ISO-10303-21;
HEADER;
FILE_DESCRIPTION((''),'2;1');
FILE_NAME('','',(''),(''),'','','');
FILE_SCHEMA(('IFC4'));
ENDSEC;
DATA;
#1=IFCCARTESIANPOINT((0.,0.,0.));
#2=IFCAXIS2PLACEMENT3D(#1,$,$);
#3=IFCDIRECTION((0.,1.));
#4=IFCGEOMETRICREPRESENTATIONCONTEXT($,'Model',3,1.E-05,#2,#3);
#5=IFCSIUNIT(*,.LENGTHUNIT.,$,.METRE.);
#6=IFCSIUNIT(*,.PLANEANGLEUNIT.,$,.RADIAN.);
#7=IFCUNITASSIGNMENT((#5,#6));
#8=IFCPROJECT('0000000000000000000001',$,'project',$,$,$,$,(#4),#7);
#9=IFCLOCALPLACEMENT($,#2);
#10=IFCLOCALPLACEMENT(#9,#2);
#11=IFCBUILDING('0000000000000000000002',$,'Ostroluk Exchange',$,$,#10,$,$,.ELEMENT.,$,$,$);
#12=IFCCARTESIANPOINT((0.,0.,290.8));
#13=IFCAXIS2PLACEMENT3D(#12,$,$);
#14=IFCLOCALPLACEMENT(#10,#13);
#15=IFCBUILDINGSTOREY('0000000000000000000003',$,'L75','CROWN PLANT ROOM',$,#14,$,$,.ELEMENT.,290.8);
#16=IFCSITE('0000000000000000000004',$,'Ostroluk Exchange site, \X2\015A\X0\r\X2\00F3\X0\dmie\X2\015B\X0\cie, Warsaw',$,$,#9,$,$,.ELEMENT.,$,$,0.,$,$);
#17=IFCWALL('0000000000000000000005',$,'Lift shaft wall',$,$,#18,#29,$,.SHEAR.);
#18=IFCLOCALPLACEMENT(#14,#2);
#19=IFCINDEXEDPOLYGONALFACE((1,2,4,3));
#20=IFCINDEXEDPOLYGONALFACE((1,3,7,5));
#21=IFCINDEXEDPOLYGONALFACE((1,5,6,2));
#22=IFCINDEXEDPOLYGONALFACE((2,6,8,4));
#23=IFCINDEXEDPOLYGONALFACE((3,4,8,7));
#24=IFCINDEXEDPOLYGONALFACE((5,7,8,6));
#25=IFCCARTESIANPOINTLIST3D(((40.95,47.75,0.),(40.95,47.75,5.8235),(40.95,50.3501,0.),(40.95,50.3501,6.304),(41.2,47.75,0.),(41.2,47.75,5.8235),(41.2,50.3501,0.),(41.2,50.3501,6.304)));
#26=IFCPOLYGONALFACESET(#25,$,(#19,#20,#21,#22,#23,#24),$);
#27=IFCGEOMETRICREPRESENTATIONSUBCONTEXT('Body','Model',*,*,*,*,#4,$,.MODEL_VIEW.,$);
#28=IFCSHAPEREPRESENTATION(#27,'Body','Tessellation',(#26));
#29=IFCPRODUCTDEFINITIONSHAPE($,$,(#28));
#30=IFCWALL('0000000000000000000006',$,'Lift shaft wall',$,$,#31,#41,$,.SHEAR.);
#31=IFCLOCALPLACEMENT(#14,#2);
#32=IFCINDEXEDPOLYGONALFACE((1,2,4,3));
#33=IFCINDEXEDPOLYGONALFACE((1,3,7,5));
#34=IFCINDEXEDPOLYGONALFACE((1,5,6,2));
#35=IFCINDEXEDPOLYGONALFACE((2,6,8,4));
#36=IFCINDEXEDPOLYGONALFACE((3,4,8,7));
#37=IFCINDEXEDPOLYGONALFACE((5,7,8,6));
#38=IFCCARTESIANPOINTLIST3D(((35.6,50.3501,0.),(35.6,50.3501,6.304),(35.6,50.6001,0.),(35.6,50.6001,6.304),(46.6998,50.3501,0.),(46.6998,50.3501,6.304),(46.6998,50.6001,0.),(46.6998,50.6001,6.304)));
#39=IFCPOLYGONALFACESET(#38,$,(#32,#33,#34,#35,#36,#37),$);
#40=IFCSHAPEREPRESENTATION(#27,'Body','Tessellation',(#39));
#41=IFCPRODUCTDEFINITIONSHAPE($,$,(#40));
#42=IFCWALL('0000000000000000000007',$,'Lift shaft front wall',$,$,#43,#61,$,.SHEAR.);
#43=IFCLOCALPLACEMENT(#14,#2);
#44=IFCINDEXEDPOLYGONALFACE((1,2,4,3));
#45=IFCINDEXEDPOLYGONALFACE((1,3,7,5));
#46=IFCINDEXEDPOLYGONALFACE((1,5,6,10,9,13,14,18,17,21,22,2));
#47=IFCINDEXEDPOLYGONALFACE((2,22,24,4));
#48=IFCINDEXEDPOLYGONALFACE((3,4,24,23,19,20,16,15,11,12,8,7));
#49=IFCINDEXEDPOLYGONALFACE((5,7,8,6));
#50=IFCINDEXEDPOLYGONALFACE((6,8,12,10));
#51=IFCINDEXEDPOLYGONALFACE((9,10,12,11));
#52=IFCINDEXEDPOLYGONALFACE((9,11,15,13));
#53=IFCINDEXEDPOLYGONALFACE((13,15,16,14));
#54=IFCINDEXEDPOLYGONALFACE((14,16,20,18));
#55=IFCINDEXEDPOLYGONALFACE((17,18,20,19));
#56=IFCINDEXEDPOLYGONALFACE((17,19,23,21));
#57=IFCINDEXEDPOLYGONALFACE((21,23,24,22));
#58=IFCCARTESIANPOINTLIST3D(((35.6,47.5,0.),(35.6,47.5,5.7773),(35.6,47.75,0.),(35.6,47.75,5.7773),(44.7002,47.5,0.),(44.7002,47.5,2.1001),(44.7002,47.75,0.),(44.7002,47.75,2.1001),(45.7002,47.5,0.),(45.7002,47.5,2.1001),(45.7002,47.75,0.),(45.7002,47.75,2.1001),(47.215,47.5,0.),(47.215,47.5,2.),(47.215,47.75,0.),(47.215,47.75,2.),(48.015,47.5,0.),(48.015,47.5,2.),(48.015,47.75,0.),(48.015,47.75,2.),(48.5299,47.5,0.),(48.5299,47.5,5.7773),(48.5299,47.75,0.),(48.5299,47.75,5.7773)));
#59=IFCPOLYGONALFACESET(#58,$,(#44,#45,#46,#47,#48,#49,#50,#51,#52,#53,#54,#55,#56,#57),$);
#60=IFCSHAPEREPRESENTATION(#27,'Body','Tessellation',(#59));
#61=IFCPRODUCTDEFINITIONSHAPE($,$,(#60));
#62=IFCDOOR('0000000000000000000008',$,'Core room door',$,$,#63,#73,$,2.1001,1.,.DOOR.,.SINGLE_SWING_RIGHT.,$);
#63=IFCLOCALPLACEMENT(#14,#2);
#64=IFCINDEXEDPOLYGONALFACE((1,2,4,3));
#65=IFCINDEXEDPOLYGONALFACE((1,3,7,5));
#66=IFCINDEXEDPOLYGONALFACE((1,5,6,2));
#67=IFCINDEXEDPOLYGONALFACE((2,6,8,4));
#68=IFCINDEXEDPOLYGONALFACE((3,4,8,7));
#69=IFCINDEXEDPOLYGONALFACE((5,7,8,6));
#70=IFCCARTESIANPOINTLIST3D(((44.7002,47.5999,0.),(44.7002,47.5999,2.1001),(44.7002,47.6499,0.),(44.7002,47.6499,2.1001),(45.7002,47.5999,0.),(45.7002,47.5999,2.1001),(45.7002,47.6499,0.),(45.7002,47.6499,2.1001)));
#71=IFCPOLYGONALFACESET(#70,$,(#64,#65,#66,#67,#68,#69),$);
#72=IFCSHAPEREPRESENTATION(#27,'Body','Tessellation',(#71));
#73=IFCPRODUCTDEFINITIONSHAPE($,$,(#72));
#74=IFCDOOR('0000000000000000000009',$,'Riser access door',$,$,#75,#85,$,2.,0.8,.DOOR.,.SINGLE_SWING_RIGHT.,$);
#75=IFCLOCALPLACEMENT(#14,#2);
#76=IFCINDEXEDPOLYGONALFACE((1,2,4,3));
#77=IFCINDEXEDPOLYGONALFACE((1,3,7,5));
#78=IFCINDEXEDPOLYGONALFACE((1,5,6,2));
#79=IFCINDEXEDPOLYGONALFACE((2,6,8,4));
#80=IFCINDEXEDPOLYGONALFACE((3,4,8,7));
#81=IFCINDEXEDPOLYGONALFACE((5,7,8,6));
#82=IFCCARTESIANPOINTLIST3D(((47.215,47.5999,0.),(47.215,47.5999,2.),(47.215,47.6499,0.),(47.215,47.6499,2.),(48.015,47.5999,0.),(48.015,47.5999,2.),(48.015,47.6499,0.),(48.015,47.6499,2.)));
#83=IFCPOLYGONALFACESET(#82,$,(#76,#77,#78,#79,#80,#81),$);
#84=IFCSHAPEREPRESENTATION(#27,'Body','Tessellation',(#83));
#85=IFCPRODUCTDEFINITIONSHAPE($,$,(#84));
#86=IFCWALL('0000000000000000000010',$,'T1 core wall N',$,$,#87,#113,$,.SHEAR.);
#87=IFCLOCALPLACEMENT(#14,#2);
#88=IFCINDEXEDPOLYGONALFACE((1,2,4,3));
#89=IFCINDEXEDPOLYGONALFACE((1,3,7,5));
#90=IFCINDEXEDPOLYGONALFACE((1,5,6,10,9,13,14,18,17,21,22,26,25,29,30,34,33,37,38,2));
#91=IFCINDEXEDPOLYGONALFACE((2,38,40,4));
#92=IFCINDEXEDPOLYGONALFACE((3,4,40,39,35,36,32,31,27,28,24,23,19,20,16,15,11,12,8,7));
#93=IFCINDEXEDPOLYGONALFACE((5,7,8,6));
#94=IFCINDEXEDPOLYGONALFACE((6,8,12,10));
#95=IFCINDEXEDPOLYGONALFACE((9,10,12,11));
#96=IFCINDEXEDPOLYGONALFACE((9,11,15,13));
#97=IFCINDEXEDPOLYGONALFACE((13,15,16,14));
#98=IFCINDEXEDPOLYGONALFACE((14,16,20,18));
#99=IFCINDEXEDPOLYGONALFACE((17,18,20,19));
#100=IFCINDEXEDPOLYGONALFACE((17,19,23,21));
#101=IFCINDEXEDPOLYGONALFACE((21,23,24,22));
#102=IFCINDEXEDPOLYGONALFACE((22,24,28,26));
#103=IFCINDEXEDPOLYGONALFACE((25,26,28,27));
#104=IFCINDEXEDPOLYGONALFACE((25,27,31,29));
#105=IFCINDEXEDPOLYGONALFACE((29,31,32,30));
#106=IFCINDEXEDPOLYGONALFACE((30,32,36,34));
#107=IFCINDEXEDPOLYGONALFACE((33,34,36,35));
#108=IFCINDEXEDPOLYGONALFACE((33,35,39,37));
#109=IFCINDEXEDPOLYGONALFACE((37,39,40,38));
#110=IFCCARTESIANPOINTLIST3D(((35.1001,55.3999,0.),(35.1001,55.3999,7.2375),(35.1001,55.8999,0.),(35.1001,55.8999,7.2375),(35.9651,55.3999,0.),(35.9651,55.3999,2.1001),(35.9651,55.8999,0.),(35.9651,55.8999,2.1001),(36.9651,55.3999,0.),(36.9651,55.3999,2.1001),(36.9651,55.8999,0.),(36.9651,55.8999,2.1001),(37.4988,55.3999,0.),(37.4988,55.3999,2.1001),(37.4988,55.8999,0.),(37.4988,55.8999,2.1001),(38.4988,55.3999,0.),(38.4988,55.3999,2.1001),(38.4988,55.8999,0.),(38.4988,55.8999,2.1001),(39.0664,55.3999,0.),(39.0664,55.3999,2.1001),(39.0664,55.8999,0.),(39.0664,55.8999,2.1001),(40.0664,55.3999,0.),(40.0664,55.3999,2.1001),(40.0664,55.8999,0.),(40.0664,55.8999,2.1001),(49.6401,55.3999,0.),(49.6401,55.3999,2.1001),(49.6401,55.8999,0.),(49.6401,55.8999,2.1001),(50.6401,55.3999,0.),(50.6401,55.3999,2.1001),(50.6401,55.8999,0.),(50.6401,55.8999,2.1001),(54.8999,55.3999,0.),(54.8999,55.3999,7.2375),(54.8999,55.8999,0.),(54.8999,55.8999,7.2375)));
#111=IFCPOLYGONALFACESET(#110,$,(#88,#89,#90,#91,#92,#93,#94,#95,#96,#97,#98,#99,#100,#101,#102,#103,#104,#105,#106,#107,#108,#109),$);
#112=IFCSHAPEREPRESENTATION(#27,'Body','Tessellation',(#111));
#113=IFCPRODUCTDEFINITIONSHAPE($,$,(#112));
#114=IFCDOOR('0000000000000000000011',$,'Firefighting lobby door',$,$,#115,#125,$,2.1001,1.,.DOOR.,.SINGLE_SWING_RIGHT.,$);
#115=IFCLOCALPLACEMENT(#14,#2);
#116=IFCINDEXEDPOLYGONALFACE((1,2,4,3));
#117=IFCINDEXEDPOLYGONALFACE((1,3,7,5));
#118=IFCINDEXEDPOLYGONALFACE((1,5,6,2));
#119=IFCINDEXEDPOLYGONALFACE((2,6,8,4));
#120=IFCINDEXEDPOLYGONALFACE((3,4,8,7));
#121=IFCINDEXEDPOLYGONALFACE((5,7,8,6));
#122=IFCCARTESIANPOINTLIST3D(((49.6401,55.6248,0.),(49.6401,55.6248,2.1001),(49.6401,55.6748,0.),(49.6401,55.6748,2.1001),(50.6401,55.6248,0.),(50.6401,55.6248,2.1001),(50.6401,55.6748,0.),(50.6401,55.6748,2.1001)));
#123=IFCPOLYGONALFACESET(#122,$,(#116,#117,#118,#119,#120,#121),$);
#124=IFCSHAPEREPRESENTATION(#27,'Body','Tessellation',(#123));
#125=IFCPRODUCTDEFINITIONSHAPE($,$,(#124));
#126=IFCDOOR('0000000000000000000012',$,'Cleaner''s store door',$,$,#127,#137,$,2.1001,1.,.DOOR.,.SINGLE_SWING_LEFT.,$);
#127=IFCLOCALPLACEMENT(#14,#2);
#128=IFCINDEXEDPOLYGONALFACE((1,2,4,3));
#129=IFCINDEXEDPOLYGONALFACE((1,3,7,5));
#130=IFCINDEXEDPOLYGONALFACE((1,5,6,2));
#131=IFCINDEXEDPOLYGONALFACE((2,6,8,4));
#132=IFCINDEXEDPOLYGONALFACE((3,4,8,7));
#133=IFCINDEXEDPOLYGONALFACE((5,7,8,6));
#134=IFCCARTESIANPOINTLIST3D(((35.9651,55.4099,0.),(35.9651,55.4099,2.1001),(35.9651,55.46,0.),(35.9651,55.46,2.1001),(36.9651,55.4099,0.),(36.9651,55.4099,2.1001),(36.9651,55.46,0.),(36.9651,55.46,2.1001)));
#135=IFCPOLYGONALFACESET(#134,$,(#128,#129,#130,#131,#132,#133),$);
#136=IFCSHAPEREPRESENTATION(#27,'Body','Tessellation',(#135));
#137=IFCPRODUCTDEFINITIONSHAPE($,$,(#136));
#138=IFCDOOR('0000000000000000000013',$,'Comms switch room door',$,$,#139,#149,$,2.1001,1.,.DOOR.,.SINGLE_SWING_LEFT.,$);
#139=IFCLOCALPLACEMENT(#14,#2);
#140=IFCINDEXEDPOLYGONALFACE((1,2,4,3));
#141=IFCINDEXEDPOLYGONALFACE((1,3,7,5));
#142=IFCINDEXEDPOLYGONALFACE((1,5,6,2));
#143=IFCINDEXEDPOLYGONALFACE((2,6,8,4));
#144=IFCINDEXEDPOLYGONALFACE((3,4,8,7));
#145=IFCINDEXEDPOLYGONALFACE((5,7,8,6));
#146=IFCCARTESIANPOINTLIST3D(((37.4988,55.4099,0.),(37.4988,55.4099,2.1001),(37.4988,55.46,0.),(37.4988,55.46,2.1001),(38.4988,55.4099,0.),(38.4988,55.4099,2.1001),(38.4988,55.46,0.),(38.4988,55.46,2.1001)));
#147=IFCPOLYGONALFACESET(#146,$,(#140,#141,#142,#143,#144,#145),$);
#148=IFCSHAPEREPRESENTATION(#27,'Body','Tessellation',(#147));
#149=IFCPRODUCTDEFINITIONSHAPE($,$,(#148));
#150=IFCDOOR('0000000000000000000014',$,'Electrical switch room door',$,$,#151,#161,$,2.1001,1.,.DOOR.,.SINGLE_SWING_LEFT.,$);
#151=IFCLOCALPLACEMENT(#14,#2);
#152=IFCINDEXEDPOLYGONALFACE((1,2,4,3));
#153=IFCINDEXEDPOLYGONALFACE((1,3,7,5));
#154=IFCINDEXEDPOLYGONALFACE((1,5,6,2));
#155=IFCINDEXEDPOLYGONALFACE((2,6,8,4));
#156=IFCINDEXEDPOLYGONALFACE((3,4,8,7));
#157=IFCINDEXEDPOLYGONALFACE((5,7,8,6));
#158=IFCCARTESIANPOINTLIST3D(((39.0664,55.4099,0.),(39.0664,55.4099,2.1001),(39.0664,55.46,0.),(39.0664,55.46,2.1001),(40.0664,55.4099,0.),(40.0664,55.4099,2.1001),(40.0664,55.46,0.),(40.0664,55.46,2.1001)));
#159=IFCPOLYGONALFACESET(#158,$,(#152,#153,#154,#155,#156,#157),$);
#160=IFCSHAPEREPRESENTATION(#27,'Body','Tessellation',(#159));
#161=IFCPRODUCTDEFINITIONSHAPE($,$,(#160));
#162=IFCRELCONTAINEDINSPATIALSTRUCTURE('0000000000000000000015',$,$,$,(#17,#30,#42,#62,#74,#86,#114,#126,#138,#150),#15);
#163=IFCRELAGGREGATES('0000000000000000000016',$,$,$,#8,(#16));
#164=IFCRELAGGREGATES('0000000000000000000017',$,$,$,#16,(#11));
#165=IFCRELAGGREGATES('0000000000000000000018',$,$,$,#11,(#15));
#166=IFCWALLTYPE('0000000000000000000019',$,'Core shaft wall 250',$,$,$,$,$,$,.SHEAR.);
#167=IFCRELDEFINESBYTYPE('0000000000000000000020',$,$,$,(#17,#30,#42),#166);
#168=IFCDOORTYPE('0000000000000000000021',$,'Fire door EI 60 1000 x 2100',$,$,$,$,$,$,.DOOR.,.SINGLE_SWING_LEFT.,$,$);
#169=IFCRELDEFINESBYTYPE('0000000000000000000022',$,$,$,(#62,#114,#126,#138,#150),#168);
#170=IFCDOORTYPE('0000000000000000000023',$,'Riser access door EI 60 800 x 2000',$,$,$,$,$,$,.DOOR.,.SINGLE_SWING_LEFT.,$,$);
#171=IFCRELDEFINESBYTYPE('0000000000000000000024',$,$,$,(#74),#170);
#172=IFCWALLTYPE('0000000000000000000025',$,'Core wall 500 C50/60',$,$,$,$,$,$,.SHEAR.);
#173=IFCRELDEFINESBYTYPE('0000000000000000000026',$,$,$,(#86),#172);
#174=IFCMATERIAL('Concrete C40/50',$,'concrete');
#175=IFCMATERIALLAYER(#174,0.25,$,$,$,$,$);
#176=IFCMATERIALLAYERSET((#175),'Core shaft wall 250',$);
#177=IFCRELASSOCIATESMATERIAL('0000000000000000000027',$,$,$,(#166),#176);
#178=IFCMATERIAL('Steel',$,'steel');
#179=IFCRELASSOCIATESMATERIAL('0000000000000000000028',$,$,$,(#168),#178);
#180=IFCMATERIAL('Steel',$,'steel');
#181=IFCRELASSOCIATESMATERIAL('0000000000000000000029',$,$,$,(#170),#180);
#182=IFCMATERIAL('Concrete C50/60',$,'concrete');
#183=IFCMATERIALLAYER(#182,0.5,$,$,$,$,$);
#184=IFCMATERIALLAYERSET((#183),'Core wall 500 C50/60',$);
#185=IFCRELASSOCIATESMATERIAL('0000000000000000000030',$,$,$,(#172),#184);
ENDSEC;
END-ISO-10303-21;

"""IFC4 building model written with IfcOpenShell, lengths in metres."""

from ifc_helpers import new_model, si_unit, direction, frame, frame_2d, origin, place, context, subcontext, project, spatial, polyline, rectangle, outline, extrude, material, layer, layer_set, type_object, element, fill, save


model = new_model("IFC4")

# Units and contexts
model_context = context("Model", 3, precision=1e-05, world=origin(), true_north=direction((0.0, 1.0)))
body_context = subcontext(model_context, "Body", "Model", "MODEL_VIEW")
ifc_project = project(units=[si_unit("LENGTHUNIT", "METRE"), si_unit("PLANEANGLEUNIT", "RADIAN")], contexts=[model_context])

# Site, building, storey
site_placement = place(None, origin())
site = spatial("IfcSite", under=ifc_project, at=site_placement, Name="Ostroluk Exchange site, Śródmieście, Warsaw", CompositionType="ELEMENT", RefElevation=0.0)
building_placement = place(site_placement, origin())
building = spatial("IfcBuilding", under=site, at=building_placement, Name="Ostroluk Exchange", CompositionType="ELEMENT")
storey_placement = place(building_placement, frame((0.0, 0.0, 290.8)))
storey = spatial("IfcBuildingStorey", under=building, at=storey_placement, Name="L75", Description="CROWN PLANT ROOM", CompositionType="ELEMENT", Elevation=290.8)

# Walls
ifc_material_1 = material(Name="Concrete C40/50", Category="concrete")
ifc_layer_1 = layer(ifc_material_1, 0.25)
ifc_layer_set_1 = layer_set([ifc_layer_1], Name="Core shaft wall 250")
wall_type_1 = type_object("IfcWallType", Name="Core shaft wall 250", PredefinedType="SHEAR", material=ifc_layer_set_1)
for number, where, z_axis, x_axis, name in (
    (1, (41.075, 47.75, 0.0), (0.0, 0.0, 1.0), (0.0, 1.0, 0.0), "Lift shaft wall"),
):
    element("IfcWall", number, at=place(storey_placement, frame(where, z_axis=z_axis, x_axis=x_axis)), inside=storey, type_object=wall_type_1, Name=name, PredefinedType="SHEAR", context=body_context, shape_type="SweptSolid", body=[
        extrude(outline(polyline([(0.0, 0.0), (2.6001, 0.0), (2.6001, 6.304), (0.0, 5.8235), (0.0, 0.0)])), frame((0.0, 0.125, 0.0), z_axis=(0.0, -1.0, 0.0), x_axis=(1.0, 0.0, 0.0)), (0.0, 0.0, 1.0), 0.25),
    ])
wall_1_placement = place(storey_placement, frame((35.6001, 50.4751, 0.0), z_axis=(0.0, 0.0, 1.0), x_axis=(1.0, 0.0, 0.0)))
element("IfcWall", 2, at=wall_1_placement, inside=storey, type_object=wall_type_1, Name="Lift shaft wall", PredefinedType="SHEAR", context=body_context, shape_type="SweptSolid", body=[
    extrude(rectangle(XDim=11.0999, YDim=0.25, at=frame_2d((5.5498, 0.0))), origin(), (0.0, 0.0, 1.0), 6.304),
])

# Walls, openings, doors
wall_2_placement = place(storey_placement, frame((35.6001, 47.625, 0.0), z_axis=(0.0, 0.0, 1.0), x_axis=(1.0, 0.0, 0.0)))
wall_2 = element("IfcWall", 3, at=wall_2_placement, inside=storey, type_object=wall_type_1, Name="Lift shaft front wall", PredefinedType="SHEAR", context=body_context, shape_type="SweptSolid", body=[
    extrude(rectangle(XDim=12.9299, YDim=0.25, at=frame_2d((6.4648, 0.0))), origin(), (0.0, 0.0, 1.0), 5.7773),
])
opening_1_placement = place(wall_2_placement, frame((9.1001, 0.0, 0.0)))
opening_1 = element("IfcOpeningElement", 4, at=opening_1_placement, cuts=wall_2, PredefinedType="OPENING", context=body_context, shape_type="SweptSolid", body=[
    extrude(rectangle(XDim=1.0, YDim=2.1001, at=frame_2d((0.5, 1.05))), frame((0.0, 0.135, 0.0), z_axis=(0.0, -1.0, 0.0), x_axis=(1.0, 0.0, 0.0)), (0.0, 0.0, 1.0), 0.27),
])
opening_2_placement = place(wall_2_placement, frame((11.615, 0.0, 0.0)))
opening_2 = element("IfcOpeningElement", 5, at=opening_2_placement, cuts=wall_2, PredefinedType="OPENING", context=body_context, shape_type="SweptSolid", body=[
    extrude(rectangle(XDim=0.8, YDim=2.0, at=frame_2d((0.3999, 1.0))), frame((0.0, 0.135, 0.0), z_axis=(0.0, -1.0, 0.0), x_axis=(1.0, 0.0, 0.0)), (0.0, 0.0, 1.0), 0.27),
])
ifc_material_2 = material(Name="Steel", Category="steel")
door_type_1 = type_object("IfcDoorType", Name="Fire door EI 60 1000 x 2100", OperationType="SINGLE_SWING_LEFT", PredefinedType="DOOR", material=ifc_material_2)
door_1_placement = place(opening_1_placement, origin())
door_1 = element("IfcDoor", 6, at=door_1_placement, inside=storey, type_object=door_type_1, Name="Core room door", OperationType="SINGLE_SWING_RIGHT", OverallHeight=2.1001, OverallWidth=1.0, PredefinedType="DOOR", context=body_context, shape_type="SweptSolid", body=[
    extrude(rectangle(XDim=1.0, YDim=2.1001, at=frame_2d((0.5, 1.05))), frame((0.0, 0.0249, 0.0), z_axis=(0.0, -1.0, 0.0), x_axis=(1.0, 0.0, 0.0)), (0.0, 0.0, 1.0), 0.05),
])
fill(opening_1, door_1)
ifc_material_3 = material(Name="Steel", Category="steel")
door_type_2 = type_object("IfcDoorType", Name="Riser access door EI 60 800 x 2000", OperationType="SINGLE_SWING_LEFT", PredefinedType="DOOR", material=ifc_material_3)
door_2_placement = place(opening_2_placement, origin())
door_2 = element("IfcDoor", 7, at=door_2_placement, inside=storey, type_object=door_type_2, Name="Riser access door", OperationType="SINGLE_SWING_RIGHT", OverallHeight=2.0, OverallWidth=0.8, PredefinedType="DOOR", context=body_context, shape_type="SweptSolid", body=[
    extrude(rectangle(XDim=0.8, YDim=2.0, at=frame_2d((0.3999, 1.0))), frame((0.0, 0.0249, 0.0), z_axis=(0.0, -1.0, 0.0), x_axis=(1.0, 0.0, 0.0)), (0.0, 0.0, 1.0), 0.05),
])
fill(opening_2, door_2)
ifc_material_4 = material(Name="Concrete C50/60", Category="concrete")
ifc_layer_2 = layer(ifc_material_4, 0.5)
ifc_layer_set_2 = layer_set([ifc_layer_2], Name="Core wall 500 C50/60")
wall_type_2 = type_object("IfcWallType", Name="Core wall 500 C50/60", PredefinedType="SHEAR", material=ifc_layer_set_2)
wall_3_placement = place(storey_placement, frame((35.1001, 55.6499, 0.0), z_axis=(0.0, 0.0, 1.0), x_axis=(1.0, 0.0, 0.0)))
wall_3 = element("IfcWall", 8, at=wall_3_placement, inside=storey, type_object=wall_type_2, Name="T1 core wall N", PredefinedType="SHEAR", context=body_context, shape_type="SweptSolid", body=[
    extrude(rectangle(XDim=19.7998, YDim=0.5, at=frame_2d((9.8999, 0.0))), origin(), (0.0, 0.0, 1.0), 7.2375),
])
opening_3_placement = place(wall_3_placement, frame((14.54, 0.0, 0.0)))
opening_3 = element("IfcOpeningElement", 9, at=opening_3_placement, cuts=wall_3, PredefinedType="OPENING", context=body_context, shape_type="SweptSolid", body=[
    extrude(rectangle(XDim=1.0, YDim=2.1001, at=frame_2d((0.5, 1.05))), frame((0.0, 0.26, 0.0), z_axis=(0.0, -1.0, 0.0), x_axis=(1.0, 0.0, 0.0)), (0.0, 0.0, 1.0), 0.52),
])
opening_4_placement = place(wall_3_placement, frame((0.865, 0.0, 0.0)))
opening_4 = element("IfcOpeningElement", 10, at=opening_4_placement, cuts=wall_3, PredefinedType="OPENING", context=body_context, shape_type="SweptSolid", body=[
    extrude(rectangle(XDim=1.0, YDim=2.1001, at=frame_2d((0.5, 1.05))), frame((0.0, 0.26, 0.0), z_axis=(0.0, -1.0, 0.0), x_axis=(1.0, 0.0, 0.0)), (0.0, 0.0, 1.0), 0.52),
])
opening_5_placement = place(wall_3_placement, frame((2.3987, 0.0, 0.0)))
opening_5 = element("IfcOpeningElement", 11, at=opening_5_placement, cuts=wall_3, PredefinedType="OPENING", context=body_context, shape_type="SweptSolid", body=[
    extrude(rectangle(XDim=1.0, YDim=2.1001, at=frame_2d((0.5, 1.05))), frame((0.0, 0.26, 0.0), z_axis=(0.0, -1.0, 0.0), x_axis=(1.0, 0.0, 0.0)), (0.0, 0.0, 1.0), 0.52),
])
opening_6_placement = place(wall_3_placement, frame((3.9663, 0.0, 0.0)))
opening_6 = element("IfcOpeningElement", 12, at=opening_6_placement, cuts=wall_3, PredefinedType="OPENING", context=body_context, shape_type="SweptSolid", body=[
    extrude(rectangle(XDim=1.0, YDim=2.1001, at=frame_2d((0.5, 1.05))), frame((0.0, 0.26, 0.0), z_axis=(0.0, -1.0, 0.0), x_axis=(1.0, 0.0, 0.0)), (0.0, 0.0, 1.0), 0.52),
])
door_3_placement = place(opening_3_placement, origin())
door_3 = element("IfcDoor", 13, at=door_3_placement, inside=storey, type_object=door_type_1, Name="Firefighting lobby door", OperationType="SINGLE_SWING_RIGHT", OverallHeight=2.1001, OverallWidth=1.0, PredefinedType="DOOR", context=body_context, shape_type="SweptSolid", body=[
    extrude(rectangle(XDim=1.0, YDim=2.1001, at=frame_2d((0.5, 1.05))), frame((0.0, 0.0249, 0.0), z_axis=(0.0, -1.0, 0.0), x_axis=(1.0, 0.0, 0.0)), (0.0, 0.0, 1.0), 0.05),
])
fill(opening_3, door_3)
door_4_placement = place(opening_4_placement, origin())
door_4 = element("IfcDoor", 14, at=door_4_placement, inside=storey, type_object=door_type_1, Name="Cleaner's store door", OperationType="SINGLE_SWING_LEFT", OverallHeight=2.1001, OverallWidth=1.0, PredefinedType="DOOR", context=body_context, shape_type="SweptSolid", body=[
    extrude(rectangle(XDim=1.0, YDim=2.1001, at=frame_2d((0.5, 1.05))), frame((0.0, -0.1899, 0.0), z_axis=(0.0, -1.0, 0.0), x_axis=(1.0, 0.0, 0.0)), (0.0, 0.0, 1.0), 0.05),
])
fill(opening_4, door_4)
door_5_placement = place(opening_5_placement, origin())
door_5 = element("IfcDoor", 15, at=door_5_placement, inside=storey, type_object=door_type_1, Name="Comms switch room door", OperationType="SINGLE_SWING_LEFT", OverallHeight=2.1001, OverallWidth=1.0, PredefinedType="DOOR", context=body_context, shape_type="SweptSolid", body=[
    extrude(rectangle(XDim=1.0, YDim=2.1001, at=frame_2d((0.5, 1.05))), frame((0.0, -0.1899, 0.0), z_axis=(0.0, -1.0, 0.0), x_axis=(1.0, 0.0, 0.0)), (0.0, 0.0, 1.0), 0.05),
])
fill(opening_5, door_5)
door_6_placement = place(opening_6_placement, origin())
door_6 = element("IfcDoor", 16, at=door_6_placement, inside=storey, type_object=door_type_1, Name="Electrical switch room door", OperationType="SINGLE_SWING_LEFT", OverallHeight=2.1001, OverallWidth=1.0, PredefinedType="DOOR", context=body_context, shape_type="SweptSolid", body=[
    extrude(rectangle(XDim=1.0, YDim=2.1001, at=frame_2d((0.5, 1.05))), frame((0.0, -0.1899, 0.0), z_axis=(0.0, -1.0, 0.0), x_axis=(1.0, 0.0, 0.0)), (0.0, 0.0, 1.0), 0.05),
])
fill(opening_6, door_6)

save(model, "model.ifc")
